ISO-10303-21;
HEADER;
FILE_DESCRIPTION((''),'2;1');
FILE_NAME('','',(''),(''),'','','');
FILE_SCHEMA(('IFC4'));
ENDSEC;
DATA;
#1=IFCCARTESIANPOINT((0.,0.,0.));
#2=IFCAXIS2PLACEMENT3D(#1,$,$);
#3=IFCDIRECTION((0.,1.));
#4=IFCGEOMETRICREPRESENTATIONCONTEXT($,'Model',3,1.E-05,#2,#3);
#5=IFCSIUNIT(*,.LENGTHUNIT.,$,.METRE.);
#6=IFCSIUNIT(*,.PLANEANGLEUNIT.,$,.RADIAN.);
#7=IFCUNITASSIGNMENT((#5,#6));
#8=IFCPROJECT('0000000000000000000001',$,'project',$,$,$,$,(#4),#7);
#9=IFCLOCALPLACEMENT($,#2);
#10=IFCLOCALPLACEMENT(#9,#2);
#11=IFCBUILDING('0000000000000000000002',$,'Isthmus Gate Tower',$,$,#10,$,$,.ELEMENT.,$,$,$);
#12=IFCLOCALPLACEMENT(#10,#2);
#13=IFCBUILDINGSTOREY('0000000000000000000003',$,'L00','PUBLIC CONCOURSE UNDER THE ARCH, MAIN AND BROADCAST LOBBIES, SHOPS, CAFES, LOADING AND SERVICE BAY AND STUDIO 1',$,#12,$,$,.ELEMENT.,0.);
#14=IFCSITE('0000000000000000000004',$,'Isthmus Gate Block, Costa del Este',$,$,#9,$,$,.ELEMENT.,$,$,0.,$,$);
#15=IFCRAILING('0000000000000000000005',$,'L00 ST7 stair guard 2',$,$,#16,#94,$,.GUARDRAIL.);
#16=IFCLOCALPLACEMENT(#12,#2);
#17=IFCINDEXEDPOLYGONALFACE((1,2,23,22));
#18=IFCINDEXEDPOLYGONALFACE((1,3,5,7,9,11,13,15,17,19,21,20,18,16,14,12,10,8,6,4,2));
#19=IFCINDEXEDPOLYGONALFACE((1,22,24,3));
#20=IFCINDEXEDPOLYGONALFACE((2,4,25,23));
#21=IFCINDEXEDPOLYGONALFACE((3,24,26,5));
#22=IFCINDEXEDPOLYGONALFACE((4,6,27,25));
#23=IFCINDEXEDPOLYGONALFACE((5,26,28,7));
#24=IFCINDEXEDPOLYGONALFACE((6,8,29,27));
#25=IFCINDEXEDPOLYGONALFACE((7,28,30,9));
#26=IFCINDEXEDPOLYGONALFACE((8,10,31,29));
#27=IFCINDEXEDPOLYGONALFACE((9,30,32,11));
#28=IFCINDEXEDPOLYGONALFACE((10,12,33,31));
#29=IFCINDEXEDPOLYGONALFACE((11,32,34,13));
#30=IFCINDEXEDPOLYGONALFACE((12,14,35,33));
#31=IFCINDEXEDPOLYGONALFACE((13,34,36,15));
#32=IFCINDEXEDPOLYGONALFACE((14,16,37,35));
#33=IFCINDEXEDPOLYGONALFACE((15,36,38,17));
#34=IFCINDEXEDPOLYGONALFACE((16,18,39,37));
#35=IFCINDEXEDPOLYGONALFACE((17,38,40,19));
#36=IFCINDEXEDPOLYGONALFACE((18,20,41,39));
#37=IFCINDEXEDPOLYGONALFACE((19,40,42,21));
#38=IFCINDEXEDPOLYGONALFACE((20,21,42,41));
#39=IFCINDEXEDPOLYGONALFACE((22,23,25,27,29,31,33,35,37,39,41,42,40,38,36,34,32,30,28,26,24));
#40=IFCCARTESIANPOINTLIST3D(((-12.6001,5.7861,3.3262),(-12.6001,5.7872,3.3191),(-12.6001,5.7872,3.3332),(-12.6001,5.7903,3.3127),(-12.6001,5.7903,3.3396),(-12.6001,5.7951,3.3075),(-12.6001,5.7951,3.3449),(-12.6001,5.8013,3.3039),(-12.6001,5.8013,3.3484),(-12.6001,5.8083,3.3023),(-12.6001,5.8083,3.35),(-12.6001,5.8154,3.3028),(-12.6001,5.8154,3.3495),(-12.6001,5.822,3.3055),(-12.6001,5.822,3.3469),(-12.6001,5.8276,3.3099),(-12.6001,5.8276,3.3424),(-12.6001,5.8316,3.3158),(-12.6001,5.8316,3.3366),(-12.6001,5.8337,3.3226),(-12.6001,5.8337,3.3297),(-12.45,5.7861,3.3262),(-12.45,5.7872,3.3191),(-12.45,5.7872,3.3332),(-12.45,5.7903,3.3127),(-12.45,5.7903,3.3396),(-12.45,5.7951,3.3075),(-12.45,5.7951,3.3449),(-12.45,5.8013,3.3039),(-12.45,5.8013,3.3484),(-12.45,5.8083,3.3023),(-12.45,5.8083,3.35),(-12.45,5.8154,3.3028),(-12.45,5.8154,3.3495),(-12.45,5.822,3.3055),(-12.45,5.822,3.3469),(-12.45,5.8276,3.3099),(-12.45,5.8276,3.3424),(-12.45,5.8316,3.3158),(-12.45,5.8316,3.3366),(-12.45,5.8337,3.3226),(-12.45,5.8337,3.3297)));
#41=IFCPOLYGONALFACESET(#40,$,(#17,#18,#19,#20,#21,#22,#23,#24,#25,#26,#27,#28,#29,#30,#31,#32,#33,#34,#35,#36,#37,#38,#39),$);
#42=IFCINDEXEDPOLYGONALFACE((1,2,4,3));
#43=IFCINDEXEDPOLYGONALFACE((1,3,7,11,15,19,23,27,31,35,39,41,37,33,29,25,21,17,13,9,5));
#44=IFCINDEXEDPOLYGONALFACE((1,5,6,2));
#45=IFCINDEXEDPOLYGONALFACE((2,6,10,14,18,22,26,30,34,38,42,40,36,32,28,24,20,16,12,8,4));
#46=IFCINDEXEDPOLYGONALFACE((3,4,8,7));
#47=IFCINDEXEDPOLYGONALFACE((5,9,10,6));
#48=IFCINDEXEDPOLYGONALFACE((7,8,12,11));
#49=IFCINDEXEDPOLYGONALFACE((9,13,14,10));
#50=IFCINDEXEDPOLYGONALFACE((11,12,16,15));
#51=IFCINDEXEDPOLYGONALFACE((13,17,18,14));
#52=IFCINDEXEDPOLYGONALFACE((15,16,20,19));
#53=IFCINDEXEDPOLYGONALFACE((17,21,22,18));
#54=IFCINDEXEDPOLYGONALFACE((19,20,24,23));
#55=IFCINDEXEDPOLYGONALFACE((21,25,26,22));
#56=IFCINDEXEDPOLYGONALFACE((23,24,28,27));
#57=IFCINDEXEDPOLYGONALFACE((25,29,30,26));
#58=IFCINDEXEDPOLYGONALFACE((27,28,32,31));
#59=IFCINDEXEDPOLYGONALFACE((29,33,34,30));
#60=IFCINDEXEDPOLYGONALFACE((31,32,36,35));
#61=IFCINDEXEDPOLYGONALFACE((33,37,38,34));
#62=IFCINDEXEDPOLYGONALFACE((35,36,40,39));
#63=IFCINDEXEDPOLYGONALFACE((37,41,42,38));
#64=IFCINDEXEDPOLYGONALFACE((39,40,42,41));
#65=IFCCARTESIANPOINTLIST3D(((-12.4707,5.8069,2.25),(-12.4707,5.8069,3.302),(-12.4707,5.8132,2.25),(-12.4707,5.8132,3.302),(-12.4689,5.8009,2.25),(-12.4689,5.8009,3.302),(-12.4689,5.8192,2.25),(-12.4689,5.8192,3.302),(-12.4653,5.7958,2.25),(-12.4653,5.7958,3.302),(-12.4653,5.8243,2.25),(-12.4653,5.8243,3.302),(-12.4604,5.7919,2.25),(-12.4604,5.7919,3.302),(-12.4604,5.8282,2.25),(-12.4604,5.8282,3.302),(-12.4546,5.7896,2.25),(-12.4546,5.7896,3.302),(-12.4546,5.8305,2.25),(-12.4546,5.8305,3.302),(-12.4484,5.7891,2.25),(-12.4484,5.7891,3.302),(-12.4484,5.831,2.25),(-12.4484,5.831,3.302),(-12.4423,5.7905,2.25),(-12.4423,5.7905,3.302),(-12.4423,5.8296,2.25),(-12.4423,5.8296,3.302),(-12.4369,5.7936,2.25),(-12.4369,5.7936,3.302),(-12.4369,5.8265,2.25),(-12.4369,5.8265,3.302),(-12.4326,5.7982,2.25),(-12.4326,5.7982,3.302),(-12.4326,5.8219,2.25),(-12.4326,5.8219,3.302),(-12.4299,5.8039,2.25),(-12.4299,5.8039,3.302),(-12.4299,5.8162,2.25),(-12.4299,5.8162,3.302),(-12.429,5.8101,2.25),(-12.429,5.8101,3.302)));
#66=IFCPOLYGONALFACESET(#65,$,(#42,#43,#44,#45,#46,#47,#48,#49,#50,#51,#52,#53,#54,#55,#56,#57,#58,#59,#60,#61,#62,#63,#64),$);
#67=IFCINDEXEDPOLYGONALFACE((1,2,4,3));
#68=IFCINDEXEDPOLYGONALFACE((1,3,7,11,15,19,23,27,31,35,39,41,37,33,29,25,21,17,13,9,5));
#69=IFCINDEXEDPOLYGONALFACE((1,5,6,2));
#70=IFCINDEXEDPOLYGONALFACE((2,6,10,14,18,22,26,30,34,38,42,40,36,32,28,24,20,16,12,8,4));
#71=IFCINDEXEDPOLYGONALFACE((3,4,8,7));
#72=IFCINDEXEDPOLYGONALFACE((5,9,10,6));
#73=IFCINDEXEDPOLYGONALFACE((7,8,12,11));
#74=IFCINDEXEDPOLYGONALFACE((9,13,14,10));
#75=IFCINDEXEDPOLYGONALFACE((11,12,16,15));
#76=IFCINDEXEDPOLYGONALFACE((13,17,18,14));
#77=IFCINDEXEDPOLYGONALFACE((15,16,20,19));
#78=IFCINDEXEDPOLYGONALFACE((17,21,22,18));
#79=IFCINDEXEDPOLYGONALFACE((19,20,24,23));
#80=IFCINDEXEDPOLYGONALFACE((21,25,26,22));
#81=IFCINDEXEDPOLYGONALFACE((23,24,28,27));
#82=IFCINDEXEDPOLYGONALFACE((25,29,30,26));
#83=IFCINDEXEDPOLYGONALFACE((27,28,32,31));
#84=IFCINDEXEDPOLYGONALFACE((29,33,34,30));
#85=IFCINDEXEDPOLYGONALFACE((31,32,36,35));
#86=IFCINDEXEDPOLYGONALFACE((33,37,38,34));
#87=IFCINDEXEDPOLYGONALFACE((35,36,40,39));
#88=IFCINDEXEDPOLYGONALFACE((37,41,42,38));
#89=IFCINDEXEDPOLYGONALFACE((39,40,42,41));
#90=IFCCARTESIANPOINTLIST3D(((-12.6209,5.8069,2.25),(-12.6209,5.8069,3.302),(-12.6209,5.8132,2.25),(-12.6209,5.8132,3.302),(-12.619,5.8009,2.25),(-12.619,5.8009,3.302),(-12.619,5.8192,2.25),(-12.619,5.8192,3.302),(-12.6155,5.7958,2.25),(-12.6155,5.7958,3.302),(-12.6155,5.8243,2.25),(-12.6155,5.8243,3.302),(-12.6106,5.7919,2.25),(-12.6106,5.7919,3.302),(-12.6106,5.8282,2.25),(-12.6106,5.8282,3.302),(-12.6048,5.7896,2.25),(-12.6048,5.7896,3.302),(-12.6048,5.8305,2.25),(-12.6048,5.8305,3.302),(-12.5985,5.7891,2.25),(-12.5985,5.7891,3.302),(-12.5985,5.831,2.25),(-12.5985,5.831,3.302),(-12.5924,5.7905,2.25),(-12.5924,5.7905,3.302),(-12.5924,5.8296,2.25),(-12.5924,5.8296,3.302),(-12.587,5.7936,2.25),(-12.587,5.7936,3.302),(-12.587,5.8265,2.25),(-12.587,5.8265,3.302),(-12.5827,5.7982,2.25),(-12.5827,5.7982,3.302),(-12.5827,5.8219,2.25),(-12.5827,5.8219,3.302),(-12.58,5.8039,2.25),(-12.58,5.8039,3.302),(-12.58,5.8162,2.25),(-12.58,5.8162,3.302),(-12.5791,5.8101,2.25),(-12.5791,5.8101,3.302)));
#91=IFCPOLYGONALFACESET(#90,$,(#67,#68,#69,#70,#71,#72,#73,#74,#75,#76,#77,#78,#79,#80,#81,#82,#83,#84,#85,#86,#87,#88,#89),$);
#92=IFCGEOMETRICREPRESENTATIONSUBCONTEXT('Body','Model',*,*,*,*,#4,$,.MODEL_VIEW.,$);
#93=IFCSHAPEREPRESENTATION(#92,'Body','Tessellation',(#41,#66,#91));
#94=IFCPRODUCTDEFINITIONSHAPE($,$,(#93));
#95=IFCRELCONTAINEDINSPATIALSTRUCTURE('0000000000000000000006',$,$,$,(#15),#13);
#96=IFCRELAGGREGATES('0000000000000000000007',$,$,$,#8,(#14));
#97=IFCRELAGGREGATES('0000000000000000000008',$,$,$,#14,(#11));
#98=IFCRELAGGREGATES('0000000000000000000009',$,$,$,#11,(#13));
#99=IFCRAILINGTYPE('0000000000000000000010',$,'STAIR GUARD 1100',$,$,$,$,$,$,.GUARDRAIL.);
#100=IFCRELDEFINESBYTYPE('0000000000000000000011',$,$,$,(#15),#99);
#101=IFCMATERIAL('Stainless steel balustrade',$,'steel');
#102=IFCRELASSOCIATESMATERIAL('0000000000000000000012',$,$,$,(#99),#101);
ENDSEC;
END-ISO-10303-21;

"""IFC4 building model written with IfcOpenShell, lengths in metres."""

from ifc_helpers import new_model, si_unit, direction, frame, origin, origin_2d, place, context, subcontext, project, spatial, circle, extrude, material, type_object, element, save


model = new_model("IFC4")

# Units and contexts
model_context = context("Model", 3, precision=1e-05, world=origin(), true_north=direction((0.0, 1.0)))
body_context = subcontext(model_context, "Body", "Model", "MODEL_VIEW")
ifc_project = project(units=[si_unit("LENGTHUNIT", "METRE"), si_unit("PLANEANGLEUNIT", "RADIAN")], contexts=[model_context])

# Site, building, storey
site_placement = place(None, origin())
site = spatial("IfcSite", under=ifc_project, at=site_placement, Name="Isthmus Gate Block, Costa del Este", CompositionType="ELEMENT", RefElevation=0.0)
building_placement = place(site_placement, origin())
building = spatial("IfcBuilding", under=site, at=building_placement, Name="Isthmus Gate Tower", CompositionType="ELEMENT")
storey_placement = place(building_placement, origin())
storey = spatial("IfcBuildingStorey", under=building, at=storey_placement, Name="L00", Description="PUBLIC CONCOURSE UNDER THE ARCH, MAIN AND BROADCAST LOBBIES, SHOPS, CAFES, LOADING AND SERVICE BAY AND STUDIO 1", CompositionType="ELEMENT", Elevation=0.0)

# Railing
ifc_material_1 = material(Name="Stainless steel balustrade", Category="steel")
railing_type_1 = type_object("IfcRailingType", Name="STAIR GUARD 1100", PredefinedType="GUARDRAIL", material=ifc_material_1)
railing_1_placement = place(storey_placement, frame((-12.45, 5.8101, 2.25)))
element("IfcRailing", 1, at=railing_1_placement, inside=storey, type_object=railing_type_1, Name="L00 ST7 stair guard 2", PredefinedType="GUARDRAIL", context=body_context, shape_type="SweptSolid", body=[
    extrude(circle(Radius=0.0239, at=origin_2d()), frame((0.0, 0.0, 1.0762), z_axis=(-1.0, 0.0, 0.0), x_axis=(0.0, -1.0, 0.0)), (0.0, 0.0, 1.0), 0.1501),
    extrude(circle(Radius=0.021, at=origin_2d()), origin(), (0.0, 0.0, 1.0), 1.052),
    extrude(circle(Radius=0.021, at=origin_2d()), frame((-0.1501, 0.0, 0.0)), (0.0, 0.0, 1.0), 1.052),
])

save(model, "model.ifc")
